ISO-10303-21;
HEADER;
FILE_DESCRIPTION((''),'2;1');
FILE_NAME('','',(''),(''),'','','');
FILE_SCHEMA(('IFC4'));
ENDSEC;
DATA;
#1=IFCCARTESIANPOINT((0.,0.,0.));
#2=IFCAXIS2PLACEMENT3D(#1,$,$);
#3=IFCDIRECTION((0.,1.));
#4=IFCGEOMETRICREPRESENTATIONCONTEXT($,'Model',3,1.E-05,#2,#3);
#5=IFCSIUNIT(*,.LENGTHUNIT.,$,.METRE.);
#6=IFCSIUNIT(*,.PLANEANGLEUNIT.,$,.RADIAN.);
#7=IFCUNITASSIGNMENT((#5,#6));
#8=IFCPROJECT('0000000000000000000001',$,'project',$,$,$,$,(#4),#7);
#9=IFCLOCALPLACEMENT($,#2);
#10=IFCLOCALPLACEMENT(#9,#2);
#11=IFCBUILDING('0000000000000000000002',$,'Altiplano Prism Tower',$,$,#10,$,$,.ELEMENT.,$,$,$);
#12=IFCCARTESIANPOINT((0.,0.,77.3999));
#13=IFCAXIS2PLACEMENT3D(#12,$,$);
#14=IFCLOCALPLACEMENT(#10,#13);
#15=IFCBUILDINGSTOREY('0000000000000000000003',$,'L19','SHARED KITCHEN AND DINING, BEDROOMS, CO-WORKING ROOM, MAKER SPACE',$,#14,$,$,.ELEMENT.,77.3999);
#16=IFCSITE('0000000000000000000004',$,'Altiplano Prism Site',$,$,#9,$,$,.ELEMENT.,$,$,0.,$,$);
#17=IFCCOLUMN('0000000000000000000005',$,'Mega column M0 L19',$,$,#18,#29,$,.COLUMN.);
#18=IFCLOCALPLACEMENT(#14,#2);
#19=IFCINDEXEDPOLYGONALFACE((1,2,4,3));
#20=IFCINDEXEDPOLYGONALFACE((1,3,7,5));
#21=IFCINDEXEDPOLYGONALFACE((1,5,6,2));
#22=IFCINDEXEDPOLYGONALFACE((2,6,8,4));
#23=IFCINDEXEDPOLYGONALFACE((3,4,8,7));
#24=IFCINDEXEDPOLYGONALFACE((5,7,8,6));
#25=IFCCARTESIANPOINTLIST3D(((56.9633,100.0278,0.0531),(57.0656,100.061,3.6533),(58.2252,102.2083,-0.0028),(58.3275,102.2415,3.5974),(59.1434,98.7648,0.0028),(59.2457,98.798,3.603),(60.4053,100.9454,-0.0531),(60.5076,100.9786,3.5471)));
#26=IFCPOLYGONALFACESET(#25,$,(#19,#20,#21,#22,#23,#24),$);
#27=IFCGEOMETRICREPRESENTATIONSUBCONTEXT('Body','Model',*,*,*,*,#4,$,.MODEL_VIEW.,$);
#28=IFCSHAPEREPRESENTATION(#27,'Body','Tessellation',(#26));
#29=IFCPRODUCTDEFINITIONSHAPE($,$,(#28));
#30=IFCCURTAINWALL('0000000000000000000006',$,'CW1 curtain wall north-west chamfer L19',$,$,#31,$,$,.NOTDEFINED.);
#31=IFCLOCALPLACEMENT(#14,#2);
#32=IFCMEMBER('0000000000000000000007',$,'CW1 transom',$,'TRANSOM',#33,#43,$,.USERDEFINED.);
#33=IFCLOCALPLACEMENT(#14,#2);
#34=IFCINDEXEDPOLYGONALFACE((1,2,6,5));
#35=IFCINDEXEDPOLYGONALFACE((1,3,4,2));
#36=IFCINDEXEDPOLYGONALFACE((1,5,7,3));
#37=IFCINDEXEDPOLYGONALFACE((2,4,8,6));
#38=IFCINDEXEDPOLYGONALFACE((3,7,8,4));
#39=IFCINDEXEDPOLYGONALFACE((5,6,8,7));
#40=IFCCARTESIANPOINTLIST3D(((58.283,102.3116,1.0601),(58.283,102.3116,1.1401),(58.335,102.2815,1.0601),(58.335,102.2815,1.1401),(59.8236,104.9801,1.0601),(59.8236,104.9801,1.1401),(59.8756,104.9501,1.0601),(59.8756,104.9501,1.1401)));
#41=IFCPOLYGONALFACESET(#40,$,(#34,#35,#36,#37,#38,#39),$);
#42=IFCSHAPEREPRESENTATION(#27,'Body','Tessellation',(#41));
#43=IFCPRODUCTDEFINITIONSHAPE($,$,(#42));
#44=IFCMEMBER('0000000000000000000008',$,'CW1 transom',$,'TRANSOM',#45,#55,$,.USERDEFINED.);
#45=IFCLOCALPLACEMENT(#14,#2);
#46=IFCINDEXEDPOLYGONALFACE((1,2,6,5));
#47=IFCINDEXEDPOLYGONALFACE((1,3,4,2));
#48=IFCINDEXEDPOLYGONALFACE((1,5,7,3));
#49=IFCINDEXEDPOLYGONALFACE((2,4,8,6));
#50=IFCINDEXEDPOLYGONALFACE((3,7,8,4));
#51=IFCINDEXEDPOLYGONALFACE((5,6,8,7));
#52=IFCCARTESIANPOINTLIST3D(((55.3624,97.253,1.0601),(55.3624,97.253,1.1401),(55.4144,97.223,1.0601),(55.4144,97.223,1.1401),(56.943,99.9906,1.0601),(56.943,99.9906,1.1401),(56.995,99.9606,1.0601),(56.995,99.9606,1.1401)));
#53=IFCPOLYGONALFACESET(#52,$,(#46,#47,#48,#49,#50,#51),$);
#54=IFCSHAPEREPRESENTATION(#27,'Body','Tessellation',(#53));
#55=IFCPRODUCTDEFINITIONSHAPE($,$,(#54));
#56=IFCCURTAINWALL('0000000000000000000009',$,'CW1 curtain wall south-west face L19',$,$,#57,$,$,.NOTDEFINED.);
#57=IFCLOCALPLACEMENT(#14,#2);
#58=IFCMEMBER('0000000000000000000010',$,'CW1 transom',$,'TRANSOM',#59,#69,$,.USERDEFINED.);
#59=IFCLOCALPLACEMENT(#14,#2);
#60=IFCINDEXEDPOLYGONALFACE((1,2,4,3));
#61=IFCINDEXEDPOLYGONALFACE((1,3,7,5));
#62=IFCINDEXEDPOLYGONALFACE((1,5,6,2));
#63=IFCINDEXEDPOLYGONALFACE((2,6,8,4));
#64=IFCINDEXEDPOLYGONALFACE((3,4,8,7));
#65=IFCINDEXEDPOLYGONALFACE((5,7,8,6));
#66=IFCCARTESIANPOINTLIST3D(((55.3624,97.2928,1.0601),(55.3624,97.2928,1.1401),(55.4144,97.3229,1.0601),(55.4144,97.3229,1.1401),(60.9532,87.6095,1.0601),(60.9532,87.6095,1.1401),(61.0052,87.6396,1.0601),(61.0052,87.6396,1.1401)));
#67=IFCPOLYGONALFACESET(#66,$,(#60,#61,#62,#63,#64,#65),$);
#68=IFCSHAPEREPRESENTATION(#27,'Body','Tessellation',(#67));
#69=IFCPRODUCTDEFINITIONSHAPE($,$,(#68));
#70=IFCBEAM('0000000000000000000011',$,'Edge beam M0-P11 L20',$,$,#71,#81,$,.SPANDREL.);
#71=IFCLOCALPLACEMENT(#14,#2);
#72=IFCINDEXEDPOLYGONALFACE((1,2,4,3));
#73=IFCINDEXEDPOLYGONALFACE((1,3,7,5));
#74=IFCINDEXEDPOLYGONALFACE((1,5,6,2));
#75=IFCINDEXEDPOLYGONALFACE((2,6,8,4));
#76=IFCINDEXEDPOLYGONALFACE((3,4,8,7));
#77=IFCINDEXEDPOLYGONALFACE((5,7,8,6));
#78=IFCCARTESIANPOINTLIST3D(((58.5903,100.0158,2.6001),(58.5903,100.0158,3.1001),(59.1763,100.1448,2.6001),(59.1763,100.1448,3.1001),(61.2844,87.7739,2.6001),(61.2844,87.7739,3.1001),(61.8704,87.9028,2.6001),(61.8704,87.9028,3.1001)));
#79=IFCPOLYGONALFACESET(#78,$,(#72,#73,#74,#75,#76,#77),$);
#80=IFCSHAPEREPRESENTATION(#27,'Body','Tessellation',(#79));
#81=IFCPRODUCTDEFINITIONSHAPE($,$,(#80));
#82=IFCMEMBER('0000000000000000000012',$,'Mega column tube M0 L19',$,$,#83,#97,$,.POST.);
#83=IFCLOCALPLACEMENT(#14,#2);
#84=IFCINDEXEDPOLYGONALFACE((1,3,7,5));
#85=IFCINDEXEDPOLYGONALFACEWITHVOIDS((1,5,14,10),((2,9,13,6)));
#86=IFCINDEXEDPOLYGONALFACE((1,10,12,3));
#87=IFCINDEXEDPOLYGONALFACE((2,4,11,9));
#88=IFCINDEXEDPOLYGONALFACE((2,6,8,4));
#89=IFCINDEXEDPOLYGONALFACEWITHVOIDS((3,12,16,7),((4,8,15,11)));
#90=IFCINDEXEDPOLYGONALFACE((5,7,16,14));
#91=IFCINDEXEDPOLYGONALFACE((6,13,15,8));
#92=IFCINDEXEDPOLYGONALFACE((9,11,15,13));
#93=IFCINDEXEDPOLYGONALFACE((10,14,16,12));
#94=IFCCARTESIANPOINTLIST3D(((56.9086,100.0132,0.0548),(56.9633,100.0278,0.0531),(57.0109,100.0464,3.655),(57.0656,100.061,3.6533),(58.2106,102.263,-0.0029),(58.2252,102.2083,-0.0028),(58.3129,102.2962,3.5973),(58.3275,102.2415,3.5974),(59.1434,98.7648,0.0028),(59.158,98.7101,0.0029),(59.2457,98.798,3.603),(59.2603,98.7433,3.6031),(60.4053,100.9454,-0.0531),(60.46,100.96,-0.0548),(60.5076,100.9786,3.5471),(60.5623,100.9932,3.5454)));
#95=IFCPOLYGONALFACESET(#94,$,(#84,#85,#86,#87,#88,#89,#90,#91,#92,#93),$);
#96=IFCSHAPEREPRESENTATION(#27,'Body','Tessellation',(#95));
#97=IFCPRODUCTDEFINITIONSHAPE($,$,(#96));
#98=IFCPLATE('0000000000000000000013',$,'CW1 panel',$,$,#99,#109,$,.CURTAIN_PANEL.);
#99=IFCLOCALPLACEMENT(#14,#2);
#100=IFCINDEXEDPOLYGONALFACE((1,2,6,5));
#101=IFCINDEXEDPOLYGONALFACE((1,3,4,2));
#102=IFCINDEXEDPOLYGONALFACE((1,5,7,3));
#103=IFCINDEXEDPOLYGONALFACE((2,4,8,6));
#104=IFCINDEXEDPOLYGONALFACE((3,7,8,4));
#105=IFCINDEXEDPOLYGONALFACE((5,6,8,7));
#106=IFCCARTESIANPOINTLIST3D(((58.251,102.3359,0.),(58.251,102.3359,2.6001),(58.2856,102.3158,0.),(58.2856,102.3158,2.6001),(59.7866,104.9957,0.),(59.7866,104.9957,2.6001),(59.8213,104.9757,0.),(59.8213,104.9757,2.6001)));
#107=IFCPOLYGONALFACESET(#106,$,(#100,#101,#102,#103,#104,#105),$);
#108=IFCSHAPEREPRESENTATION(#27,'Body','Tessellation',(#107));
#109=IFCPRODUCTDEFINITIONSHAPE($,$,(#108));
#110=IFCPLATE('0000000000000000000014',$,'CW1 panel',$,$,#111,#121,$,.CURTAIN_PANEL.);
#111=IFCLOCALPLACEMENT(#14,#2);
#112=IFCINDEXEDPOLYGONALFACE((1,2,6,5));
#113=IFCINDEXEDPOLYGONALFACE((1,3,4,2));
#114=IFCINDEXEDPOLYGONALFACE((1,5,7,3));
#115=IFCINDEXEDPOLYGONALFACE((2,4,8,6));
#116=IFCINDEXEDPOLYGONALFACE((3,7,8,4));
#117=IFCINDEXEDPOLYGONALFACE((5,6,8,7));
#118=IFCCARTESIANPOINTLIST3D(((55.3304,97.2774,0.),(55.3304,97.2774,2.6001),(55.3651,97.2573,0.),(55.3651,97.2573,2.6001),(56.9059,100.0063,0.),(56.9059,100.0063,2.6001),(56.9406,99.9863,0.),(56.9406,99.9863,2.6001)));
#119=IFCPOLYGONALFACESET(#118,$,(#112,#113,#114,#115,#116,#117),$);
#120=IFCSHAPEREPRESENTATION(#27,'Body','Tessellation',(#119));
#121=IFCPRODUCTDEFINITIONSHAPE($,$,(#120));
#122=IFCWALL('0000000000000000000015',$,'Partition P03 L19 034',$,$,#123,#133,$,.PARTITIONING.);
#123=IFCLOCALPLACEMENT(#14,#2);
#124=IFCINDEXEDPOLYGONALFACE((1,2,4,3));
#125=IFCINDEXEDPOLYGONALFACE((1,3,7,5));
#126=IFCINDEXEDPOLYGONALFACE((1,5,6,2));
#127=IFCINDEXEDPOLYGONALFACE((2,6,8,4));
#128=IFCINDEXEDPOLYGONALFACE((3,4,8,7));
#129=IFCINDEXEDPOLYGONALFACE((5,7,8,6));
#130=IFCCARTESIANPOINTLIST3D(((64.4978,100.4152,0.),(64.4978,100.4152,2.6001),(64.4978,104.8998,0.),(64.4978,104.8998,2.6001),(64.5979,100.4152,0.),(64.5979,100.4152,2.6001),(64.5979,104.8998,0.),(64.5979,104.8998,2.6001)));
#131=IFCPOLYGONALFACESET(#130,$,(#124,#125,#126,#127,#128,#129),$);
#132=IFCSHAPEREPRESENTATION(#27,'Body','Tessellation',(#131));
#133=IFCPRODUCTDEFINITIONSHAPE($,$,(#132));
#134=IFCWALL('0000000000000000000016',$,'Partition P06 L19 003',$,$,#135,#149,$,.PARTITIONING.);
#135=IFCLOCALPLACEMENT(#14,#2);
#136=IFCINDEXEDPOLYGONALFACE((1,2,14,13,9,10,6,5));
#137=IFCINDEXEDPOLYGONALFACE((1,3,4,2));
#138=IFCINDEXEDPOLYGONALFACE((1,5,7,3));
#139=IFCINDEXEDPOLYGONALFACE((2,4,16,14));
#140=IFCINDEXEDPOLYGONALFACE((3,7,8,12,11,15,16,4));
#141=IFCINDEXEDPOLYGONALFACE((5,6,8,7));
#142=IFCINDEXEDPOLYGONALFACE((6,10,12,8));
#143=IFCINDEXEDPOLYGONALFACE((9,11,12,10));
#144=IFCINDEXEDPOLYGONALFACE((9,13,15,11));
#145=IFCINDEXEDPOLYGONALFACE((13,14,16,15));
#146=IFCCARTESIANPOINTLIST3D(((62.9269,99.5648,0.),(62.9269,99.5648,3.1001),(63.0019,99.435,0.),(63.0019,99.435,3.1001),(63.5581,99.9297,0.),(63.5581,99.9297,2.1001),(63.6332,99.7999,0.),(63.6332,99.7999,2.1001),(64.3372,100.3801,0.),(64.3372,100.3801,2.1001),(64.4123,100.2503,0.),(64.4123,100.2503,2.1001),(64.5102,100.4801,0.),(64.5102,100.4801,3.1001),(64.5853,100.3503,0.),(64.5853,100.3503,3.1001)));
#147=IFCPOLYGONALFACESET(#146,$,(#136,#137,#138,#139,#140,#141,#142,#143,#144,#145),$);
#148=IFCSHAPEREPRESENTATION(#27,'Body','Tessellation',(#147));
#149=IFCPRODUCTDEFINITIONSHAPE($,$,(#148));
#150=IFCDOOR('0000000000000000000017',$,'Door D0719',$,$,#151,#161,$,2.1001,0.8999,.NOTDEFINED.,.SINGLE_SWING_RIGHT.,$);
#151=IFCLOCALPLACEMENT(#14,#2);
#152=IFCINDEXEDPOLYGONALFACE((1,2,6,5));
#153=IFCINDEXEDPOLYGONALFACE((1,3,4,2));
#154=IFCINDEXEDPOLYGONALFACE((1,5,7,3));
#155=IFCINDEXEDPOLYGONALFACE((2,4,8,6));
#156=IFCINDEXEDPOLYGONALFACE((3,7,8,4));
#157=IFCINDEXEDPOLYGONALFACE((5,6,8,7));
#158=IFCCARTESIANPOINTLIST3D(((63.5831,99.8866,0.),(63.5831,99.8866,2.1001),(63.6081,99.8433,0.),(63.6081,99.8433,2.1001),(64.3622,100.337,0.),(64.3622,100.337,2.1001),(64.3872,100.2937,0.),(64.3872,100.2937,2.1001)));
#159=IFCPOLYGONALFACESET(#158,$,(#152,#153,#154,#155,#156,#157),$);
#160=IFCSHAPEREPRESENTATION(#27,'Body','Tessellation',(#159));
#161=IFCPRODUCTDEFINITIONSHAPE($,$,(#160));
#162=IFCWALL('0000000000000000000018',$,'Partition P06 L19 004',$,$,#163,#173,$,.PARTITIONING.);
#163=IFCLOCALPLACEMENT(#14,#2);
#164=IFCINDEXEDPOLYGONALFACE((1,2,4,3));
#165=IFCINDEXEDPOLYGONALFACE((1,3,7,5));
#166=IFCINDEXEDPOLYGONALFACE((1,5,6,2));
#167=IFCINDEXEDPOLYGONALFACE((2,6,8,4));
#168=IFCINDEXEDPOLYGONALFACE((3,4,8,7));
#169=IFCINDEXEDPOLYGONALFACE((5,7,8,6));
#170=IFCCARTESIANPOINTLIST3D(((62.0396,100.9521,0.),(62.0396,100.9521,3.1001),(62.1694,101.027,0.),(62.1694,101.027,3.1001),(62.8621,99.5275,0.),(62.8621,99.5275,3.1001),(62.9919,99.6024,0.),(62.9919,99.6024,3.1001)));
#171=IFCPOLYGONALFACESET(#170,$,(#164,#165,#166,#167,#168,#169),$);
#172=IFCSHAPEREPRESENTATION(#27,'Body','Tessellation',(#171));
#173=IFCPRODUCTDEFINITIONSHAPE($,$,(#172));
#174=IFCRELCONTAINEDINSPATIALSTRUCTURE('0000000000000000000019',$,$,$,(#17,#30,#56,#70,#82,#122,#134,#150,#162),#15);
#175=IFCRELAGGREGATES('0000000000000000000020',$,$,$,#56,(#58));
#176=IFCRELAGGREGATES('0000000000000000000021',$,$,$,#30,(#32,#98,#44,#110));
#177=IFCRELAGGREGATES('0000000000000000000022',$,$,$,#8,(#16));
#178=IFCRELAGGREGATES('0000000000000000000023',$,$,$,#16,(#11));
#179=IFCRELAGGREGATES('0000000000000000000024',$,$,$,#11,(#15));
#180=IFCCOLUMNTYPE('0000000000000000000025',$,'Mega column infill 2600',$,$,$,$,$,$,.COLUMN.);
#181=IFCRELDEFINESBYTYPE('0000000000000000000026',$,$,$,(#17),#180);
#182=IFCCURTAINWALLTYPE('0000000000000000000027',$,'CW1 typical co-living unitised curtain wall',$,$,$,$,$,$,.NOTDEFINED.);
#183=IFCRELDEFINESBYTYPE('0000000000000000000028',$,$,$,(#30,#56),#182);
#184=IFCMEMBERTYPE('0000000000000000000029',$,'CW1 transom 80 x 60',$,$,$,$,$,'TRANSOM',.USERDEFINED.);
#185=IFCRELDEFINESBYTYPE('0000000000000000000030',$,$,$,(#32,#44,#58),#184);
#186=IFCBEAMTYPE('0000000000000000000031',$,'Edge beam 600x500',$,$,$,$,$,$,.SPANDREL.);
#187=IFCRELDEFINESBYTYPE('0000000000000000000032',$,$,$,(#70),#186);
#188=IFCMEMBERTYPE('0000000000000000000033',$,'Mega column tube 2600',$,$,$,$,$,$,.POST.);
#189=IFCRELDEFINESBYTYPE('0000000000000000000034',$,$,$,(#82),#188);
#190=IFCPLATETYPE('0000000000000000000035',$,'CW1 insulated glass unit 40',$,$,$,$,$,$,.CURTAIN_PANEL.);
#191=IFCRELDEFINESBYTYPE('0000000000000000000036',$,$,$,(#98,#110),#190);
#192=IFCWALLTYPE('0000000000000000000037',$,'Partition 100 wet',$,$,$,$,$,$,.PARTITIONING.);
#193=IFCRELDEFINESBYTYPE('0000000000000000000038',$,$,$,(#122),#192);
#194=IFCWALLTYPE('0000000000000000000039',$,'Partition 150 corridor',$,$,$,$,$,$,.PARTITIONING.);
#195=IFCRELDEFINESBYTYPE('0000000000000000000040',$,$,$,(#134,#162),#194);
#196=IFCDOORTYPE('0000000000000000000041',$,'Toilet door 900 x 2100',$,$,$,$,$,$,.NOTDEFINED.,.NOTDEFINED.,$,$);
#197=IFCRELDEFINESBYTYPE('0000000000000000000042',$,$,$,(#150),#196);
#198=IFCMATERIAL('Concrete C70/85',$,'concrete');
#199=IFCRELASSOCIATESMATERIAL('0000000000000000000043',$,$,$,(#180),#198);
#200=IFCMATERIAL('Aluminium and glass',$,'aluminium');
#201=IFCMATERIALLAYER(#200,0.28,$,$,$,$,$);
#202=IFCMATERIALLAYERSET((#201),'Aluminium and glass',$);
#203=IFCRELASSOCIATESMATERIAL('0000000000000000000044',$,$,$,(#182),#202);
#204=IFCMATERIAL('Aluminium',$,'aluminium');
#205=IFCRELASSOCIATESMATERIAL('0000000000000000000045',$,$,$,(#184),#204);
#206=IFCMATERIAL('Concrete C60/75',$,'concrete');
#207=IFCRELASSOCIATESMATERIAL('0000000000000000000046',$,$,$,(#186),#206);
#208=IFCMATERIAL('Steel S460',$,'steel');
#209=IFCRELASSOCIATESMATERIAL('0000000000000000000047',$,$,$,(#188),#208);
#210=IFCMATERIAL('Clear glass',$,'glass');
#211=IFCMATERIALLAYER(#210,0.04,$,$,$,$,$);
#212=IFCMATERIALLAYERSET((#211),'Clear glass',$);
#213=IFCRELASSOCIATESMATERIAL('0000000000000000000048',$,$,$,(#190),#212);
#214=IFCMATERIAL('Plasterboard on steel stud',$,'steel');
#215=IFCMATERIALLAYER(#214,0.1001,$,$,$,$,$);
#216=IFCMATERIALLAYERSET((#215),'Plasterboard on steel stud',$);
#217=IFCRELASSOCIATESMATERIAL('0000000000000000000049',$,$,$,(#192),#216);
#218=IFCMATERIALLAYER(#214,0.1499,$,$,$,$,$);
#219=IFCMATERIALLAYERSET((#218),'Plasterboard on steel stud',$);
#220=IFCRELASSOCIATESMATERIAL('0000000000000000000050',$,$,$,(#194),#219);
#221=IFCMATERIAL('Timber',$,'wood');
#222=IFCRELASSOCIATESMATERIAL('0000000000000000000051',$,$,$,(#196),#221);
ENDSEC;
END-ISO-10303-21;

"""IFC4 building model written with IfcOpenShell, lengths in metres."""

from ifc_helpers import new_model, si_unit, direction, frame, frame_2d, origin, origin_2d, place, context, subcontext, project, spatial, rectangle, hollow_rectangle, extrude, material, layer, layer_set, material_profile, profile_set, type_object, element, fill, aggregate, save


model = new_model("IFC4")

# Units and contexts
model_context = context("Model", 3, precision=1e-05, world=origin(), true_north=direction((0.0, 1.0)))
body_context = subcontext(model_context, "Body", "Model", "MODEL_VIEW")
ifc_project = project(units=[si_unit("LENGTHUNIT", "METRE"), si_unit("PLANEANGLEUNIT", "RADIAN")], contexts=[model_context])

# Site, building, storey
site_placement = place(None, origin())
site = spatial("IfcSite", under=ifc_project, at=site_placement, Name="Altiplano Prism Site", CompositionType="ELEMENT", RefElevation=0.0)
building_placement = place(site_placement, origin())
building = spatial("IfcBuilding", under=site, at=building_placement, Name="Altiplano Prism Tower", CompositionType="ELEMENT")
storey_placement = place(building_placement, frame((0.0, 0.0, 77.3999)))
storey = spatial("IfcBuildingStorey", under=building, at=storey_placement, Name="L19", Description="SHARED KITCHEN AND DINING, BEDROOMS, CO-WORKING ROOM, MAKER SPACE", CompositionType="ELEMENT", Elevation=77.3999)

# Column
ifc_material_1 = material(Name="Concrete C70/85", Category="concrete")
ifc_material_profile_1 = material_profile(ifc_material_1, rectangle(XDim=2.52, YDim=2.52, at=origin_2d()), Name="Mega column infill 2600")
ifc_profile_set_1 = profile_set([ifc_material_profile_1], Name="Concrete C70/85")
column_type = type_object("IfcColumnType", Name="Mega column infill 2600", PredefinedType="COLUMN", material=ifc_profile_set_1)
column_placement = place(storey_placement, frame((58.6843, 100.4866, 0.0), z_axis=(0.028402, 0.009219, 0.999554), x_axis=(-0.865123, 0.501162, 0.01996)))
element("IfcColumn", 1, at=column_placement, inside=storey, type_object=column_type, Name="Mega column M0 L19", PredefinedType="COLUMN", context=body_context, shape_type="SweptSolid", body=[
    extrude(rectangle(XDim=2.52, YDim=2.52, at=origin_2d()), origin(), (0.0, 0.0, 1.0), 3.6018),
])

# Curtain wall, members
ifc_material_2 = material(Name="Aluminium and glass", Category="aluminium")
ifc_layer_1 = layer(ifc_material_2, 0.28)
ifc_layer_set_1 = layer_set([ifc_layer_1], Name="Aluminium and glass")
curtain_wall_type = type_object("IfcCurtainWallType", Name="CW1 typical co-living unitised curtain wall", PredefinedType="NOTDEFINED", material=ifc_layer_set_1)
curtain_wall_1_placement = place(storey_placement, origin())
curtain_wall_1 = element("IfcCurtainWall", 2, at=curtain_wall_1_placement, inside=storey, type_object=curtain_wall_type, Name="CW1 curtain wall north-west chamfer L19", PredefinedType="NOTDEFINED")
ifc_material_3 = material(Name="Aluminium", Category="aluminium")
ifc_material_profile_2 = material_profile(ifc_material_3, rectangle(XDim=0.0601, YDim=0.0801, at=origin_2d()), Name="CW1 transom 80 x 60")
ifc_profile_set_2 = profile_set([ifc_material_profile_2], Name="Aluminium")
member_type_1 = type_object("IfcMemberType", Name="CW1 transom 80 x 60", ElementType="TRANSOM", PredefinedType="USERDEFINED", material=ifc_profile_set_2)
member_1_placement = place(storey_placement, frame((59.8496, 104.9651, 1.1001), z_axis=(-0.499974, -0.86604, 0.0), x_axis=(0.86604, -0.499974, 0.0)))
member_1 = element("IfcMember", 3, at=member_1_placement, type_object=member_type_1, Name="CW1 transom", ObjectType="TRANSOM", PredefinedType="USERDEFINED", context=body_context, shape_type="SweptSolid", body=[
    extrude(rectangle(XDim=0.0601, YDim=0.0801, at=origin_2d()), origin(), (0.0, 0.0, 1.0), 3.0813),
])
member_2_placement = place(storey_placement, frame((56.969, 99.9756, 1.1001), z_axis=(-0.50001, -0.86602, 0.0), x_axis=(0.86602, -0.50001, 0.0)))
member_2 = element("IfcMember", 4, at=member_2_placement, type_object=member_type_1, Name="CW1 transom", ObjectType="TRANSOM", PredefinedType="USERDEFINED", context=body_context, shape_type="SweptSolid", body=[
    extrude(rectangle(XDim=0.0601, YDim=0.0801, at=origin_2d()), origin(), (0.0, 0.0, 1.0), 3.1611),
])

# Curtain wall, member
curtain_wall_2_placement = place(storey_placement, origin())
curtain_wall_2 = element("IfcCurtainWall", 5, at=curtain_wall_2_placement, inside=storey, type_object=curtain_wall_type, Name="CW1 curtain wall south-west face L19", PredefinedType="NOTDEFINED")
member_3_placement = place(storey_placement, frame((55.3884, 97.3079, 1.1001), z_axis=(0.500009, -0.86602, 0.0), x_axis=(0.86602, 0.500009, 0.0)))
member_3 = element("IfcMember", 6, at=member_3_placement, type_object=member_type_1, Name="CW1 transom", ObjectType="TRANSOM", PredefinedType="USERDEFINED", context=body_context, shape_type="SweptSolid", body=[
    extrude(rectangle(XDim=0.0601, YDim=0.0801, at=origin_2d()), origin(), (0.0, 0.0, 1.0), 11.1814),
])
aggregate(curtain_wall_2, [member_3])

# Beam
ifc_material_4 = material(Name="Concrete C60/75", Category="concrete")
ifc_material_profile_3 = material_profile(ifc_material_4, rectangle(XDim=0.6001, YDim=0.5, at=origin_2d()), Name="Edge beam 600x500")
ifc_profile_set_3 = profile_set([ifc_material_profile_3], Name="Concrete C60/75")
beam_type = type_object("IfcBeamType", Name="Edge beam 600x500", PredefinedType="SPANDREL", material=ifc_profile_set_3)
beam_placement = place(storey_placement, frame((58.8833, 100.0803, 2.8501), z_axis=(0.214928, -0.97663, 0.0), x_axis=(0.97663, 0.214928, 0.0)))
element("IfcBeam", 7, at=beam_placement, inside=storey, type_object=beam_type, Name="Edge beam M0-P11 L20", PredefinedType="SPANDREL", context=body_context, shape_type="SweptSolid", body=[
    extrude(rectangle(XDim=0.6001, YDim=0.5, at=origin_2d()), origin(), (0.0, 0.0, 1.0), 12.5349),
])

# Member
ifc_material_5 = material(Name="Steel S460", Category="steel")
ifc_material_profile_4 = material_profile(ifc_material_5, hollow_rectangle(XDim=2.6001, YDim=2.6001, WallThickness=0.04, at=origin_2d()), Name="Mega column tube 2600")
ifc_profile_set_4 = profile_set([ifc_material_profile_4], Name="Steel S460")
member_type_2 = type_object("IfcMemberType", Name="Mega column tube 2600", PredefinedType="POST", material=ifc_profile_set_4)
member_4_placement = place(storey_placement, frame((58.6843, 100.4866, 0.0), z_axis=(0.028402, 0.009219, 0.999554), x_axis=(-0.865123, 0.501162, 0.01996)))
element("IfcMember", 8, at=member_4_placement, inside=storey, type_object=member_type_2, Name="Mega column tube M0 L19", PredefinedType="POST", context=body_context, shape_type="SweptSolid", body=[
    extrude(hollow_rectangle(XDim=2.6001, YDim=2.6001, WallThickness=0.04, at=origin_2d()), origin(), (0.0, 0.0, 1.0), 3.6018),
])

# Plates
ifc_material_6 = material(Name="Clear glass", Category="glass")
ifc_layer_2 = layer(ifc_material_6, 0.04)
ifc_layer_set_2 = layer_set([ifc_layer_2], Name="Clear glass")
plate_type = type_object("IfcPlateType", Name="CW1 insulated glass unit 40", PredefinedType="CURTAIN_PANEL", material=ifc_layer_set_2)
plate_1_placement = place(storey_placement, frame((59.0361, 103.6558, 0.0), z_axis=(0.0, 0.0, 1.0), x_axis=(-0.5, -0.866025, 0.0)))
plate_1 = element("IfcPlate", 9, at=plate_1_placement, type_object=plate_type, Name="CW1 panel", PredefinedType="CURTAIN_PANEL", context=body_context, shape_type="SweptSolid", body=[
    extrude(rectangle(XDim=3.0713, YDim=0.04, at=origin_2d()), origin(), (0.0, 0.0, 1.0), 2.6001),
])
plate_2_placement = place(storey_placement, frame((56.1355, 98.6318, 0.0), z_axis=(0.0, 0.0, 1.0), x_axis=(-0.5, -0.866025, 0.0)))
plate_2 = element("IfcPlate", 10, at=plate_2_placement, type_object=plate_type, Name="CW1 panel", PredefinedType="CURTAIN_PANEL", context=body_context, shape_type="SweptSolid", body=[
    extrude(rectangle(XDim=3.1511, YDim=0.04, at=origin_2d()), origin(), (0.0, 0.0, 1.0), 2.6001),
])
aggregate(curtain_wall_1, [member_1, plate_1, member_2, plate_2])

# Wall
ifc_material_7 = material(Name="Plasterboard on steel stud", Category="steel")
ifc_layer_3 = layer(ifc_material_7, 0.1001)
ifc_layer_set_3 = layer_set([ifc_layer_3], Name="Plasterboard on steel stud")
wall_type_1 = type_object("IfcWallType", Name="Partition 100 wet", PredefinedType="PARTITIONING", material=ifc_layer_set_3)
wall_1_placement = place(storey_placement, frame((64.5479, 100.4153, 0.0), z_axis=(0.0, 0.0, 1.0), x_axis=(0.0, 1.0, 0.0)))
element("IfcWall", 11, at=wall_1_placement, inside=storey, type_object=wall_type_1, Name="Partition P03 L19 034", PredefinedType="PARTITIONING", context=body_context, shape_type="SweptSolid", body=[
    extrude(rectangle(XDim=4.4846, YDim=0.1001, at=frame_2d((2.2422, 0.0))), origin(), (0.0, 0.0, 1.0), 2.6001),
])

# Wall, opening, door
ifc_layer_4 = layer(ifc_material_7, 0.1499)
ifc_layer_set_4 = layer_set([ifc_layer_4], Name="Plasterboard on steel stud")
wall_type_2 = type_object("IfcWallType", Name="Partition 150 corridor", PredefinedType="PARTITIONING", material=ifc_layer_set_4)
wall_2_placement = place(storey_placement, frame((64.5479, 100.4153, 0.0), z_axis=(0.0, 0.0, 1.0), x_axis=(-0.865743, -0.500489, 0.0)))
wall_2 = element("IfcWall", 12, at=wall_2_placement, inside=storey, type_object=wall_type_2, Name="Partition P06 L19 003", PredefinedType="PARTITIONING", context=body_context, shape_type="SweptSolid", body=[
    extrude(rectangle(XDim=1.8289, YDim=0.1499, at=frame_2d((0.9146, 0.0))), origin(), (0.0, 0.0, 1.0), 3.1001),
])
opening_1_placement = place(wall_2_placement, frame((0.2, 0.0, 0.0)))
opening_1 = element("IfcOpeningElement", 13, at=opening_1_placement, cuts=wall_2, PredefinedType="OPENING", context=body_context, shape_type="SweptSolid", body=[
    extrude(rectangle(XDim=0.8999, YDim=2.1001, at=frame_2d((0.45, 1.05))), frame((0.0, 0.0854, 0.0), z_axis=(0.0, -1.0, 0.0), x_axis=(1.0, 0.0, 0.0)), (0.0, 0.0, 1.0), 0.1709),
])
ifc_material_8 = material(Name="Timber", Category="wood")
door_type_1 = type_object("IfcDoorType", Name="Toilet door 900 x 2100", OperationType="NOTDEFINED", PredefinedType="NOTDEFINED", material=ifc_material_8)
door_1_placement = place(opening_1_placement, origin())
door_1 = element("IfcDoor", 14, at=door_1_placement, inside=storey, type_object=door_type_1, Name="Door D0719", OperationType="SINGLE_SWING_RIGHT", OverallHeight=2.1001, OverallWidth=0.8999, PredefinedType="NOTDEFINED", context=body_context, shape_type="SweptSolid", body=[
    extrude(rectangle(XDim=0.8999, YDim=2.1001, at=frame_2d((0.45, 1.05))), frame((0.0, 0.0249, 0.0), z_axis=(0.0, -1.0, 0.0), x_axis=(1.0, 0.0, 0.0)), (0.0, 0.0, 1.0), 0.05),
])
fill(opening_1, door_1)

# Wall
wall_3_placement = place(storey_placement, frame((62.927, 99.5649, 0.0), z_axis=(0.0, 0.0, 1.0), x_axis=(-0.500018, 0.866015, 0.0)))
element("IfcWall", 15, at=wall_3_placement, inside=storey, type_object=wall_type_2, Name="Partition P06 L19 004", PredefinedType="PARTITIONING", context=body_context, shape_type="SweptSolid", body=[
    extrude(rectangle(XDim=1.645, YDim=0.1499, at=frame_2d((0.8225, 0.0))), origin(), (0.0, 0.0, 1.0), 3.1001),
])

save(model, "model.ifc")
